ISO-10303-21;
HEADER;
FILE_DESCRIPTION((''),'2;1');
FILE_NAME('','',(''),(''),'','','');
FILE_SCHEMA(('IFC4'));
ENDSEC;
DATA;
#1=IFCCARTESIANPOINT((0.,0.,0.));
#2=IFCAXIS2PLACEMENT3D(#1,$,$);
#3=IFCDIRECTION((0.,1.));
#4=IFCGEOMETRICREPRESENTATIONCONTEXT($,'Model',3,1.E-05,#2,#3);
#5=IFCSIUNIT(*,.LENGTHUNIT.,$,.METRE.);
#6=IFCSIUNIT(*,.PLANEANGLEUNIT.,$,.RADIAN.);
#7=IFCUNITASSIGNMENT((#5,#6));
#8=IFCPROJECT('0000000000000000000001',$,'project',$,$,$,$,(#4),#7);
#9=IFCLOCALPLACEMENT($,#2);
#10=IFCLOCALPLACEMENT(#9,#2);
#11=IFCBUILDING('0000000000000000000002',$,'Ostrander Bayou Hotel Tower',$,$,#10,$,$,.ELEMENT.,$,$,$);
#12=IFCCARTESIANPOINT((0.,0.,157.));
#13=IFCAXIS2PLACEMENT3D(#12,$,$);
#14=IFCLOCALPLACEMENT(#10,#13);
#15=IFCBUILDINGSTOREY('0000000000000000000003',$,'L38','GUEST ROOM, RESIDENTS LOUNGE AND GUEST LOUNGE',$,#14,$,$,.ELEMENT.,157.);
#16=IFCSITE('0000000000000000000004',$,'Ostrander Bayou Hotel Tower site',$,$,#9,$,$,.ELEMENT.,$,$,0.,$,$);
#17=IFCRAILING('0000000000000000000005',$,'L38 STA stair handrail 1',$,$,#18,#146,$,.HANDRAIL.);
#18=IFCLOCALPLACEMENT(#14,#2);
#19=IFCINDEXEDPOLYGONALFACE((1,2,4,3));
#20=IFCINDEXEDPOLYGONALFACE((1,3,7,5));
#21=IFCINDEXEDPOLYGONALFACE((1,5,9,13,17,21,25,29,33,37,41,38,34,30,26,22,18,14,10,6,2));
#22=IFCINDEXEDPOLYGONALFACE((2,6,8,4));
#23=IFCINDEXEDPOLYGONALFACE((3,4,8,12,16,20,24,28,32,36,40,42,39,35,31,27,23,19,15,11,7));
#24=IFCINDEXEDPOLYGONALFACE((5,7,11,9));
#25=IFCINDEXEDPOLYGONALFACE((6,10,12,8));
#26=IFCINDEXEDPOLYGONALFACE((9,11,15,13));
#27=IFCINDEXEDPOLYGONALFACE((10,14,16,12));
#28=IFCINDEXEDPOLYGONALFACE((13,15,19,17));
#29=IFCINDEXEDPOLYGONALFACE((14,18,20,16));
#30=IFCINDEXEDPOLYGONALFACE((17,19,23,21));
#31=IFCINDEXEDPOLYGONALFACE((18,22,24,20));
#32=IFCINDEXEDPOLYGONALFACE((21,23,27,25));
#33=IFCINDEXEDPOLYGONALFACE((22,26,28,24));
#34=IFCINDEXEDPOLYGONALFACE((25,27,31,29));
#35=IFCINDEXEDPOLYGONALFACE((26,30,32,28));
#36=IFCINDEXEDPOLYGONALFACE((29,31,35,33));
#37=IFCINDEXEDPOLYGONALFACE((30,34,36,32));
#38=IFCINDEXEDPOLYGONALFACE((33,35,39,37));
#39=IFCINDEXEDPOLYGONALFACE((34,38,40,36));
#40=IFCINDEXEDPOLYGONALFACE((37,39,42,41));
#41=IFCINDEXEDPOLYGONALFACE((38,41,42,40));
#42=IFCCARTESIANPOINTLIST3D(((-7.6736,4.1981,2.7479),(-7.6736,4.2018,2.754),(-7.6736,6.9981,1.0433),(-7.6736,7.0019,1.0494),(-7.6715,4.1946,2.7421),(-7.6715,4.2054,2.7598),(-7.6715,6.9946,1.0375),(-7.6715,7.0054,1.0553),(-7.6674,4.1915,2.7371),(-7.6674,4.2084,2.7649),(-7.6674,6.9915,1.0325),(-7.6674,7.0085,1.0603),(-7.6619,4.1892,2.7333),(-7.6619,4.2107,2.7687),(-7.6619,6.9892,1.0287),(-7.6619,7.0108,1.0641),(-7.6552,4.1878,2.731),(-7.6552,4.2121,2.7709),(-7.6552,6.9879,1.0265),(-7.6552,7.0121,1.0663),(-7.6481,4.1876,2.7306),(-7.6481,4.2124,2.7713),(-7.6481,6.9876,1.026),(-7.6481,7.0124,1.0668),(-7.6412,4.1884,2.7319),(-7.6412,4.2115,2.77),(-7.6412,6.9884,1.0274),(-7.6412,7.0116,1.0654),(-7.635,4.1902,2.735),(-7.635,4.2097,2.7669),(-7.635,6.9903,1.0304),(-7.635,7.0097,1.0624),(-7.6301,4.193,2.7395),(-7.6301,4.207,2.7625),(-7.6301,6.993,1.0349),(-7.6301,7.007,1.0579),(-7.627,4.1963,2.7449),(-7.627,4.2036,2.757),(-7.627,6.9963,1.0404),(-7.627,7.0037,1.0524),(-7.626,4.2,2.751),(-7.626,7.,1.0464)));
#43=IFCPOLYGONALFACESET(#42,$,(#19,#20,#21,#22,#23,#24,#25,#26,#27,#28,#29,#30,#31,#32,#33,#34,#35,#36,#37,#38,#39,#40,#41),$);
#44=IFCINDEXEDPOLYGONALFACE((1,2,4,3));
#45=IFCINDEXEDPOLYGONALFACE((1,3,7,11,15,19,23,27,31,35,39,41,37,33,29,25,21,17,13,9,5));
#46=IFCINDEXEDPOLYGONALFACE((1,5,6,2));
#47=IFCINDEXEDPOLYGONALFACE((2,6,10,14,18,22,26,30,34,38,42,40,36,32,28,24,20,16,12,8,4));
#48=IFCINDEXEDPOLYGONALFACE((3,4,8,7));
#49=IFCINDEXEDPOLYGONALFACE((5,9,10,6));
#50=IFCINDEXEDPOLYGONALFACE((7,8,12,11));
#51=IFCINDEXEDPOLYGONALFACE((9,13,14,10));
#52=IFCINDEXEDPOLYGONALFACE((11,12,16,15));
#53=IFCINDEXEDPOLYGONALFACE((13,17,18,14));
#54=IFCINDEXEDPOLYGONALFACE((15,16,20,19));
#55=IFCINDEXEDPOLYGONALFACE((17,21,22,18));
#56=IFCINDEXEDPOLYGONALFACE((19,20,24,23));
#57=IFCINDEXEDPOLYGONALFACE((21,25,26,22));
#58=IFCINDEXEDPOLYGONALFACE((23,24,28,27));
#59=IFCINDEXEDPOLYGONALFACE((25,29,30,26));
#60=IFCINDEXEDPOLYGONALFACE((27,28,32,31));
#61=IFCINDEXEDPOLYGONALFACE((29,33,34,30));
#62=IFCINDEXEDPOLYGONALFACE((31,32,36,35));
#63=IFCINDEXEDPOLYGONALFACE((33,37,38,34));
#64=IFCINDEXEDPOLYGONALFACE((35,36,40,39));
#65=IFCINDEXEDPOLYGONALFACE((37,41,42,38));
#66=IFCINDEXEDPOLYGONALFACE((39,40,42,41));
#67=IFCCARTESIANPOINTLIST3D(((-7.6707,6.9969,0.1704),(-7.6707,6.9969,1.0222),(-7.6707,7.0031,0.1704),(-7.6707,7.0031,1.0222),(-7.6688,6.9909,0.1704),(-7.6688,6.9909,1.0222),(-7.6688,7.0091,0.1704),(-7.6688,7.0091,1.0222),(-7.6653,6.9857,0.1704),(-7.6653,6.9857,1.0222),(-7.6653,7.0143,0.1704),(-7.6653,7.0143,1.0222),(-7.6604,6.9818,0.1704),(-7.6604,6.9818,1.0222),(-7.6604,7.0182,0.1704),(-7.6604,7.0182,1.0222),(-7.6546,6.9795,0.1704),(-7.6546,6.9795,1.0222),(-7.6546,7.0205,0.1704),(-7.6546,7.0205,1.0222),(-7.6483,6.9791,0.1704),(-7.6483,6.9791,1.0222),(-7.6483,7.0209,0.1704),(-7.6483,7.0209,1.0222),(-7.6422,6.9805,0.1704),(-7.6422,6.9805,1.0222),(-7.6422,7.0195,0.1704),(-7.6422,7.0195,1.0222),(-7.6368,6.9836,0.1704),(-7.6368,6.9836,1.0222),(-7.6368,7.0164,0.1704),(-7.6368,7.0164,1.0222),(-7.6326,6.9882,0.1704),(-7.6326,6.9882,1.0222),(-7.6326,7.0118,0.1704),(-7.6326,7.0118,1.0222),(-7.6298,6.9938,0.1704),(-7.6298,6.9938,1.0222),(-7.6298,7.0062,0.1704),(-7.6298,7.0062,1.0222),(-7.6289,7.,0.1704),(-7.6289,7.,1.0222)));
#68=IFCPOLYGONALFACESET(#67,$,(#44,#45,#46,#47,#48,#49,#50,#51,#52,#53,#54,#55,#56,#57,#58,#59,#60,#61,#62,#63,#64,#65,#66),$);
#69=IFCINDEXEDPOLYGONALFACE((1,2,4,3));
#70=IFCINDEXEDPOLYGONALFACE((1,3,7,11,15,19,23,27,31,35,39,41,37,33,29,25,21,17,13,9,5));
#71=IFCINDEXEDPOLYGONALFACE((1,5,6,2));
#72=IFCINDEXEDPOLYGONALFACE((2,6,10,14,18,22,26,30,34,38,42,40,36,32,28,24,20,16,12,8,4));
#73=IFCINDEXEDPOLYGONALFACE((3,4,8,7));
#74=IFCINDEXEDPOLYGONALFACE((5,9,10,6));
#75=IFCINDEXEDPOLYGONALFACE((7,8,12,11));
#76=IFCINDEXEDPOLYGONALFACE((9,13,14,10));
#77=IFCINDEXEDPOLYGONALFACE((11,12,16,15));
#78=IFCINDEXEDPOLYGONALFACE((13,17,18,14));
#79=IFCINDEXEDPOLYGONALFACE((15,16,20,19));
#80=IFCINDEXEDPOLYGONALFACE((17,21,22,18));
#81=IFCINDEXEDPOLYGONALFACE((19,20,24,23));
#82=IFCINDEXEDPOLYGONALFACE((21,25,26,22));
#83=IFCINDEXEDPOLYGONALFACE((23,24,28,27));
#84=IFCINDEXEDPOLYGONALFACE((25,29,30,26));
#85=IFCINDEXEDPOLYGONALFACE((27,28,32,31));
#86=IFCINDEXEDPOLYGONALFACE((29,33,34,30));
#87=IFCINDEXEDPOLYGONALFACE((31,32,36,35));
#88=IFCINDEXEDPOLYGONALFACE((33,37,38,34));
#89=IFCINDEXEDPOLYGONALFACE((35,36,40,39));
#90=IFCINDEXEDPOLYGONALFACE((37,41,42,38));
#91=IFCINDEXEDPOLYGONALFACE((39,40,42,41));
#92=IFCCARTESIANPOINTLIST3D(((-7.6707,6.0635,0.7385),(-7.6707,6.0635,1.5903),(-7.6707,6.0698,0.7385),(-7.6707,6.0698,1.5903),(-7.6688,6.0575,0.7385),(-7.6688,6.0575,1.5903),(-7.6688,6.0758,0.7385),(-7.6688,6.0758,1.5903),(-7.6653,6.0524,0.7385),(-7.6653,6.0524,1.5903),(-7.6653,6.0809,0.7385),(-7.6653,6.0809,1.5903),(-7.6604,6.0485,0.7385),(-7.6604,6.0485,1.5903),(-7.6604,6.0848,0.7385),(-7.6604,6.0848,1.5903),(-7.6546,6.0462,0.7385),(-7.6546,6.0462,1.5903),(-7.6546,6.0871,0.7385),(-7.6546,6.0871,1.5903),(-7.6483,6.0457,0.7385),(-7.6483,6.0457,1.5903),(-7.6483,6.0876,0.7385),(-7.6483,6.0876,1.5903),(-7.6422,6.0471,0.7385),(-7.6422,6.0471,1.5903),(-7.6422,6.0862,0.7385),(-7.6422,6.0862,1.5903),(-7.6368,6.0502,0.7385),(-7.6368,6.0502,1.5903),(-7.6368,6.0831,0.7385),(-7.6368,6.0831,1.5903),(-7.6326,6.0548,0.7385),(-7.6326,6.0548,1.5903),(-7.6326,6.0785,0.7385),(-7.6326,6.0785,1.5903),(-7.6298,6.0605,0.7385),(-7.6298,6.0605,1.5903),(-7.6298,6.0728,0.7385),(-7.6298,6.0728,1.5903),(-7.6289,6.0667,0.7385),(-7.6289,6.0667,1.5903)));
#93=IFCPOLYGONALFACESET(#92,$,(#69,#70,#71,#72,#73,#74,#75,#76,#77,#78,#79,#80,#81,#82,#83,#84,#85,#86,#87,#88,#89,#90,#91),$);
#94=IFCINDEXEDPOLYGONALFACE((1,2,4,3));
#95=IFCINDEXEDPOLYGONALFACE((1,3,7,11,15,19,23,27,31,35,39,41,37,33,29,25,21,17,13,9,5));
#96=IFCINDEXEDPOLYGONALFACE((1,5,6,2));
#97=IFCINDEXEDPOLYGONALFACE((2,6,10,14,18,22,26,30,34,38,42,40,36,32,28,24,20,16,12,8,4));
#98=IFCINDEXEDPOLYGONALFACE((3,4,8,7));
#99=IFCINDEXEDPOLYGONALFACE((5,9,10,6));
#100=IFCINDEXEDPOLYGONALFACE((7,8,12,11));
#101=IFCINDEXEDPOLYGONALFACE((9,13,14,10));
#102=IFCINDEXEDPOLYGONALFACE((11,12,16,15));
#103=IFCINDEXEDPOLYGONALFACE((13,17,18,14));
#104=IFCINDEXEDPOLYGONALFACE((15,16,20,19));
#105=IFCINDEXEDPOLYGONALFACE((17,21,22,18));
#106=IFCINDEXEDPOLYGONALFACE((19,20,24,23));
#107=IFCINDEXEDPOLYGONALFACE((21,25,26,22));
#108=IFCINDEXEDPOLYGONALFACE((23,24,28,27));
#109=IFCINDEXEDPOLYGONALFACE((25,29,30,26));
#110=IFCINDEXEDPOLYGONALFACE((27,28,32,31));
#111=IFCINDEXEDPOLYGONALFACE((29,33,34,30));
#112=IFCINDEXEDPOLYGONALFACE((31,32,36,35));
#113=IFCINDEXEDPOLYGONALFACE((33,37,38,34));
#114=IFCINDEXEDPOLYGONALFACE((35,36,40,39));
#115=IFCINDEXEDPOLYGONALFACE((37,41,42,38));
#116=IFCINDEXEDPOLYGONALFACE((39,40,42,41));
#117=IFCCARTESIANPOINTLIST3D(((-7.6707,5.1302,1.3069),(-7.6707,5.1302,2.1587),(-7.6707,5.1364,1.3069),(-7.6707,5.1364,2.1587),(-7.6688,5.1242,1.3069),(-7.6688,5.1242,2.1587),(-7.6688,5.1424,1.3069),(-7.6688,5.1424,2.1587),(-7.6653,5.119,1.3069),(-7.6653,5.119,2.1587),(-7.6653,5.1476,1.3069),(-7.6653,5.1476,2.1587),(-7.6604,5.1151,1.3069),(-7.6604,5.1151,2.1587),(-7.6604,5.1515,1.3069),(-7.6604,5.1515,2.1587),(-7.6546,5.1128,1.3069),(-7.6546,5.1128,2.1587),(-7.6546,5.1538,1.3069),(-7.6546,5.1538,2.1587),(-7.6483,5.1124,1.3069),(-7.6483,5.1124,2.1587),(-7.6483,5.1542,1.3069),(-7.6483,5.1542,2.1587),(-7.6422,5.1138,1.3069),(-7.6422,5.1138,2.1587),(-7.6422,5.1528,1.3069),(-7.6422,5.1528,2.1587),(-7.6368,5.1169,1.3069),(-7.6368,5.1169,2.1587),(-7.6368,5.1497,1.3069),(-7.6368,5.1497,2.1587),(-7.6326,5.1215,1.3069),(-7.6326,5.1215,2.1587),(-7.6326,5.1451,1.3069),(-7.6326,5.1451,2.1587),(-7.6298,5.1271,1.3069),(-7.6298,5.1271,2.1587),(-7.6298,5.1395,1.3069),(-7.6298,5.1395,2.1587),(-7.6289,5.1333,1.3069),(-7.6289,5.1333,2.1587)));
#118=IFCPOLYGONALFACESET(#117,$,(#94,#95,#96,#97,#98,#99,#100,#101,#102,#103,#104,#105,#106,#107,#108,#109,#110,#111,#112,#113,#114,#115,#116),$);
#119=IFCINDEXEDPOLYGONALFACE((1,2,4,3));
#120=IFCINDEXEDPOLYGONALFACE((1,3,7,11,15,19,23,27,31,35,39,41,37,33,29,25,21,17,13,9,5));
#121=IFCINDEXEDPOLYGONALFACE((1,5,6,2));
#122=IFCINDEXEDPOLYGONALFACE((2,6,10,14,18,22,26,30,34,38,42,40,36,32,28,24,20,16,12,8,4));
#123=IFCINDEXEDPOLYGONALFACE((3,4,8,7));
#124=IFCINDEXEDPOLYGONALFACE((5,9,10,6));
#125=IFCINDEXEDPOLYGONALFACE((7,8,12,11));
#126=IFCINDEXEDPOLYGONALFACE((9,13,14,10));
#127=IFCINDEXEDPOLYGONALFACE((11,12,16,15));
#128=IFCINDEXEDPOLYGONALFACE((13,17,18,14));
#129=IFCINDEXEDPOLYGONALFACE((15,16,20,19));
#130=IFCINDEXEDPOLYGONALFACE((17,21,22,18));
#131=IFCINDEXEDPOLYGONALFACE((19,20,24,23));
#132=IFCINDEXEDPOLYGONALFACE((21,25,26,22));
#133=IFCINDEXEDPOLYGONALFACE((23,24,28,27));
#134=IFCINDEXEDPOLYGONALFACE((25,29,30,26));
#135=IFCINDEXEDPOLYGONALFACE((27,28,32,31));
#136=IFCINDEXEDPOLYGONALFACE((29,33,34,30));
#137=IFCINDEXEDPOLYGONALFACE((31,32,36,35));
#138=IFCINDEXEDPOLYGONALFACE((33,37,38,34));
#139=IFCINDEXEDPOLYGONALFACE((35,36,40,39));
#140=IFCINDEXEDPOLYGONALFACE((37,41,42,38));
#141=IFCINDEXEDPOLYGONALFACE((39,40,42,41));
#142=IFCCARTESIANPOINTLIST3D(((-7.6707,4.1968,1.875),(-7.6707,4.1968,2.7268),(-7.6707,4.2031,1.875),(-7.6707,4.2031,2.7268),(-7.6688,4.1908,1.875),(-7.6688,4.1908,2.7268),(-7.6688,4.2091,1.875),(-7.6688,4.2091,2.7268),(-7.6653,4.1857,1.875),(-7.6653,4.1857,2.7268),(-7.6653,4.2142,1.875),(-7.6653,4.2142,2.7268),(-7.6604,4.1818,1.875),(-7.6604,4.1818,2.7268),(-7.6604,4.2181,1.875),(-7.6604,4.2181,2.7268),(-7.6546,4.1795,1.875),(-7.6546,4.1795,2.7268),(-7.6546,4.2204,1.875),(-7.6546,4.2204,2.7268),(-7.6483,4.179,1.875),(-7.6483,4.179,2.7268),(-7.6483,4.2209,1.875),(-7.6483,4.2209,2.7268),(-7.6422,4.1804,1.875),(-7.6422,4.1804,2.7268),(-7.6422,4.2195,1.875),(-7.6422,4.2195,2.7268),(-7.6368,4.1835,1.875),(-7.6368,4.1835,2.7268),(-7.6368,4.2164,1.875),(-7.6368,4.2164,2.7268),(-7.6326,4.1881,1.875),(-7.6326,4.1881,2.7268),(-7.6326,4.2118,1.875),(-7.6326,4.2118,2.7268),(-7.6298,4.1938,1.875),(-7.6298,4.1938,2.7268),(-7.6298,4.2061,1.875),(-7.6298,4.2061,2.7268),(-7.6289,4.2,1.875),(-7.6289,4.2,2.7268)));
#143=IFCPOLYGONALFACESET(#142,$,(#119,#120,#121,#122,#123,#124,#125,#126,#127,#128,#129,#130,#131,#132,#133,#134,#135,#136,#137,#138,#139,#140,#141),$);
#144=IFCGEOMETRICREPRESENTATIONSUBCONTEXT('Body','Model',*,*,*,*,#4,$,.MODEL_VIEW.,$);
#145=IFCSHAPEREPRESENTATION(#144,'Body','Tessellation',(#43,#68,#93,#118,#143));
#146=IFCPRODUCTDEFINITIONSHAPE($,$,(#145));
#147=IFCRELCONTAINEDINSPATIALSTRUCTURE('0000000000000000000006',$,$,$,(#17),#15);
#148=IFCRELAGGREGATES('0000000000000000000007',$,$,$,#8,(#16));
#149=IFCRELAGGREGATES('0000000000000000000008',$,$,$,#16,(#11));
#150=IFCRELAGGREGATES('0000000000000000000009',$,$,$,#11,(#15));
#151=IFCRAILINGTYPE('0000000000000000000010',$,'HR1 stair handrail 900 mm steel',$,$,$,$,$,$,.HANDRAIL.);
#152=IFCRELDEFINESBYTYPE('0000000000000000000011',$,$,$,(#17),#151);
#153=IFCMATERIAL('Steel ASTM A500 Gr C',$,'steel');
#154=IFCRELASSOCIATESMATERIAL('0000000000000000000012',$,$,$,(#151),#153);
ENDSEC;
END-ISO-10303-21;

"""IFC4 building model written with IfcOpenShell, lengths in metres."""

from ifc_helpers import new_model, si_unit, direction, frame, origin, origin_2d, place, context, subcontext, project, spatial, circle, extrude, material, type_object, element, save


model = new_model("IFC4")

# Units and contexts
model_context = context("Model", 3, precision=1e-05, world=origin(), true_north=direction((0.0, 1.0)))
body_context = subcontext(model_context, "Body", "Model", "MODEL_VIEW")
ifc_project = project(units=[si_unit("LENGTHUNIT", "METRE"), si_unit("PLANEANGLEUNIT", "RADIAN")], contexts=[model_context])

# Site, building, storey
site_placement = place(None, origin())
site = spatial("IfcSite", under=ifc_project, at=site_placement, Name="Ostrander Bayou Hotel Tower site", CompositionType="ELEMENT", RefElevation=0.0)
building_placement = place(site_placement, origin())
building = spatial("IfcBuilding", under=site, at=building_placement, Name="Ostrander Bayou Hotel Tower", CompositionType="ELEMENT")
storey_placement = place(building_placement, frame((0.0, 0.0, 157.0)))
storey = spatial("IfcBuildingStorey", under=building, at=storey_placement, Name="L38", Description="GUEST ROOM, RESIDENTS LOUNGE AND GUEST LOUNGE", CompositionType="ELEMENT", Elevation=157.0)

# Railing
ifc_material_1 = material(Name="Steel ASTM A500 Gr C", Category="steel")
railing_type_1 = type_object("IfcRailingType", Name="HR1 stair handrail 900 mm steel", PredefinedType="HANDRAIL", material=ifc_material_1)
railing_1_placement = place(storey_placement, frame((-7.6499, 7.0, 0.1704)))
element("IfcRailing", 1, at=railing_1_placement, inside=storey, type_object=railing_type_1, Name="L38 STA stair handrail 1", PredefinedType="HANDRAIL", context=body_context, shape_type="SweptSolid", body=[
    extrude(circle(Radius=0.0239, at=origin_2d()), frame((0.0, 0.0, 0.876), z_axis=(0.0, -0.85417, 0.519994), x_axis=(1.0, 0.0, 0.0)), (0.0, 0.0, 1.0), 3.2781),
    extrude(circle(Radius=0.021, at=origin_2d()), origin(), (0.0, 0.0, 1.0), 0.8518),
    extrude(circle(Radius=0.021, at=origin_2d()), frame((0.0, -0.9333, 0.5681)), (0.0, 0.0, 1.0), 0.8518),
    extrude(circle(Radius=0.021, at=origin_2d()), frame((0.0, -1.8667, 1.1365)), (0.0, 0.0, 1.0), 0.8518),
    extrude(circle(Radius=0.021, at=origin_2d()), frame((0.0, -2.8, 1.7046)), (0.0, 0.0, 1.0), 0.8518),
])

save(model, "model.ifc")
